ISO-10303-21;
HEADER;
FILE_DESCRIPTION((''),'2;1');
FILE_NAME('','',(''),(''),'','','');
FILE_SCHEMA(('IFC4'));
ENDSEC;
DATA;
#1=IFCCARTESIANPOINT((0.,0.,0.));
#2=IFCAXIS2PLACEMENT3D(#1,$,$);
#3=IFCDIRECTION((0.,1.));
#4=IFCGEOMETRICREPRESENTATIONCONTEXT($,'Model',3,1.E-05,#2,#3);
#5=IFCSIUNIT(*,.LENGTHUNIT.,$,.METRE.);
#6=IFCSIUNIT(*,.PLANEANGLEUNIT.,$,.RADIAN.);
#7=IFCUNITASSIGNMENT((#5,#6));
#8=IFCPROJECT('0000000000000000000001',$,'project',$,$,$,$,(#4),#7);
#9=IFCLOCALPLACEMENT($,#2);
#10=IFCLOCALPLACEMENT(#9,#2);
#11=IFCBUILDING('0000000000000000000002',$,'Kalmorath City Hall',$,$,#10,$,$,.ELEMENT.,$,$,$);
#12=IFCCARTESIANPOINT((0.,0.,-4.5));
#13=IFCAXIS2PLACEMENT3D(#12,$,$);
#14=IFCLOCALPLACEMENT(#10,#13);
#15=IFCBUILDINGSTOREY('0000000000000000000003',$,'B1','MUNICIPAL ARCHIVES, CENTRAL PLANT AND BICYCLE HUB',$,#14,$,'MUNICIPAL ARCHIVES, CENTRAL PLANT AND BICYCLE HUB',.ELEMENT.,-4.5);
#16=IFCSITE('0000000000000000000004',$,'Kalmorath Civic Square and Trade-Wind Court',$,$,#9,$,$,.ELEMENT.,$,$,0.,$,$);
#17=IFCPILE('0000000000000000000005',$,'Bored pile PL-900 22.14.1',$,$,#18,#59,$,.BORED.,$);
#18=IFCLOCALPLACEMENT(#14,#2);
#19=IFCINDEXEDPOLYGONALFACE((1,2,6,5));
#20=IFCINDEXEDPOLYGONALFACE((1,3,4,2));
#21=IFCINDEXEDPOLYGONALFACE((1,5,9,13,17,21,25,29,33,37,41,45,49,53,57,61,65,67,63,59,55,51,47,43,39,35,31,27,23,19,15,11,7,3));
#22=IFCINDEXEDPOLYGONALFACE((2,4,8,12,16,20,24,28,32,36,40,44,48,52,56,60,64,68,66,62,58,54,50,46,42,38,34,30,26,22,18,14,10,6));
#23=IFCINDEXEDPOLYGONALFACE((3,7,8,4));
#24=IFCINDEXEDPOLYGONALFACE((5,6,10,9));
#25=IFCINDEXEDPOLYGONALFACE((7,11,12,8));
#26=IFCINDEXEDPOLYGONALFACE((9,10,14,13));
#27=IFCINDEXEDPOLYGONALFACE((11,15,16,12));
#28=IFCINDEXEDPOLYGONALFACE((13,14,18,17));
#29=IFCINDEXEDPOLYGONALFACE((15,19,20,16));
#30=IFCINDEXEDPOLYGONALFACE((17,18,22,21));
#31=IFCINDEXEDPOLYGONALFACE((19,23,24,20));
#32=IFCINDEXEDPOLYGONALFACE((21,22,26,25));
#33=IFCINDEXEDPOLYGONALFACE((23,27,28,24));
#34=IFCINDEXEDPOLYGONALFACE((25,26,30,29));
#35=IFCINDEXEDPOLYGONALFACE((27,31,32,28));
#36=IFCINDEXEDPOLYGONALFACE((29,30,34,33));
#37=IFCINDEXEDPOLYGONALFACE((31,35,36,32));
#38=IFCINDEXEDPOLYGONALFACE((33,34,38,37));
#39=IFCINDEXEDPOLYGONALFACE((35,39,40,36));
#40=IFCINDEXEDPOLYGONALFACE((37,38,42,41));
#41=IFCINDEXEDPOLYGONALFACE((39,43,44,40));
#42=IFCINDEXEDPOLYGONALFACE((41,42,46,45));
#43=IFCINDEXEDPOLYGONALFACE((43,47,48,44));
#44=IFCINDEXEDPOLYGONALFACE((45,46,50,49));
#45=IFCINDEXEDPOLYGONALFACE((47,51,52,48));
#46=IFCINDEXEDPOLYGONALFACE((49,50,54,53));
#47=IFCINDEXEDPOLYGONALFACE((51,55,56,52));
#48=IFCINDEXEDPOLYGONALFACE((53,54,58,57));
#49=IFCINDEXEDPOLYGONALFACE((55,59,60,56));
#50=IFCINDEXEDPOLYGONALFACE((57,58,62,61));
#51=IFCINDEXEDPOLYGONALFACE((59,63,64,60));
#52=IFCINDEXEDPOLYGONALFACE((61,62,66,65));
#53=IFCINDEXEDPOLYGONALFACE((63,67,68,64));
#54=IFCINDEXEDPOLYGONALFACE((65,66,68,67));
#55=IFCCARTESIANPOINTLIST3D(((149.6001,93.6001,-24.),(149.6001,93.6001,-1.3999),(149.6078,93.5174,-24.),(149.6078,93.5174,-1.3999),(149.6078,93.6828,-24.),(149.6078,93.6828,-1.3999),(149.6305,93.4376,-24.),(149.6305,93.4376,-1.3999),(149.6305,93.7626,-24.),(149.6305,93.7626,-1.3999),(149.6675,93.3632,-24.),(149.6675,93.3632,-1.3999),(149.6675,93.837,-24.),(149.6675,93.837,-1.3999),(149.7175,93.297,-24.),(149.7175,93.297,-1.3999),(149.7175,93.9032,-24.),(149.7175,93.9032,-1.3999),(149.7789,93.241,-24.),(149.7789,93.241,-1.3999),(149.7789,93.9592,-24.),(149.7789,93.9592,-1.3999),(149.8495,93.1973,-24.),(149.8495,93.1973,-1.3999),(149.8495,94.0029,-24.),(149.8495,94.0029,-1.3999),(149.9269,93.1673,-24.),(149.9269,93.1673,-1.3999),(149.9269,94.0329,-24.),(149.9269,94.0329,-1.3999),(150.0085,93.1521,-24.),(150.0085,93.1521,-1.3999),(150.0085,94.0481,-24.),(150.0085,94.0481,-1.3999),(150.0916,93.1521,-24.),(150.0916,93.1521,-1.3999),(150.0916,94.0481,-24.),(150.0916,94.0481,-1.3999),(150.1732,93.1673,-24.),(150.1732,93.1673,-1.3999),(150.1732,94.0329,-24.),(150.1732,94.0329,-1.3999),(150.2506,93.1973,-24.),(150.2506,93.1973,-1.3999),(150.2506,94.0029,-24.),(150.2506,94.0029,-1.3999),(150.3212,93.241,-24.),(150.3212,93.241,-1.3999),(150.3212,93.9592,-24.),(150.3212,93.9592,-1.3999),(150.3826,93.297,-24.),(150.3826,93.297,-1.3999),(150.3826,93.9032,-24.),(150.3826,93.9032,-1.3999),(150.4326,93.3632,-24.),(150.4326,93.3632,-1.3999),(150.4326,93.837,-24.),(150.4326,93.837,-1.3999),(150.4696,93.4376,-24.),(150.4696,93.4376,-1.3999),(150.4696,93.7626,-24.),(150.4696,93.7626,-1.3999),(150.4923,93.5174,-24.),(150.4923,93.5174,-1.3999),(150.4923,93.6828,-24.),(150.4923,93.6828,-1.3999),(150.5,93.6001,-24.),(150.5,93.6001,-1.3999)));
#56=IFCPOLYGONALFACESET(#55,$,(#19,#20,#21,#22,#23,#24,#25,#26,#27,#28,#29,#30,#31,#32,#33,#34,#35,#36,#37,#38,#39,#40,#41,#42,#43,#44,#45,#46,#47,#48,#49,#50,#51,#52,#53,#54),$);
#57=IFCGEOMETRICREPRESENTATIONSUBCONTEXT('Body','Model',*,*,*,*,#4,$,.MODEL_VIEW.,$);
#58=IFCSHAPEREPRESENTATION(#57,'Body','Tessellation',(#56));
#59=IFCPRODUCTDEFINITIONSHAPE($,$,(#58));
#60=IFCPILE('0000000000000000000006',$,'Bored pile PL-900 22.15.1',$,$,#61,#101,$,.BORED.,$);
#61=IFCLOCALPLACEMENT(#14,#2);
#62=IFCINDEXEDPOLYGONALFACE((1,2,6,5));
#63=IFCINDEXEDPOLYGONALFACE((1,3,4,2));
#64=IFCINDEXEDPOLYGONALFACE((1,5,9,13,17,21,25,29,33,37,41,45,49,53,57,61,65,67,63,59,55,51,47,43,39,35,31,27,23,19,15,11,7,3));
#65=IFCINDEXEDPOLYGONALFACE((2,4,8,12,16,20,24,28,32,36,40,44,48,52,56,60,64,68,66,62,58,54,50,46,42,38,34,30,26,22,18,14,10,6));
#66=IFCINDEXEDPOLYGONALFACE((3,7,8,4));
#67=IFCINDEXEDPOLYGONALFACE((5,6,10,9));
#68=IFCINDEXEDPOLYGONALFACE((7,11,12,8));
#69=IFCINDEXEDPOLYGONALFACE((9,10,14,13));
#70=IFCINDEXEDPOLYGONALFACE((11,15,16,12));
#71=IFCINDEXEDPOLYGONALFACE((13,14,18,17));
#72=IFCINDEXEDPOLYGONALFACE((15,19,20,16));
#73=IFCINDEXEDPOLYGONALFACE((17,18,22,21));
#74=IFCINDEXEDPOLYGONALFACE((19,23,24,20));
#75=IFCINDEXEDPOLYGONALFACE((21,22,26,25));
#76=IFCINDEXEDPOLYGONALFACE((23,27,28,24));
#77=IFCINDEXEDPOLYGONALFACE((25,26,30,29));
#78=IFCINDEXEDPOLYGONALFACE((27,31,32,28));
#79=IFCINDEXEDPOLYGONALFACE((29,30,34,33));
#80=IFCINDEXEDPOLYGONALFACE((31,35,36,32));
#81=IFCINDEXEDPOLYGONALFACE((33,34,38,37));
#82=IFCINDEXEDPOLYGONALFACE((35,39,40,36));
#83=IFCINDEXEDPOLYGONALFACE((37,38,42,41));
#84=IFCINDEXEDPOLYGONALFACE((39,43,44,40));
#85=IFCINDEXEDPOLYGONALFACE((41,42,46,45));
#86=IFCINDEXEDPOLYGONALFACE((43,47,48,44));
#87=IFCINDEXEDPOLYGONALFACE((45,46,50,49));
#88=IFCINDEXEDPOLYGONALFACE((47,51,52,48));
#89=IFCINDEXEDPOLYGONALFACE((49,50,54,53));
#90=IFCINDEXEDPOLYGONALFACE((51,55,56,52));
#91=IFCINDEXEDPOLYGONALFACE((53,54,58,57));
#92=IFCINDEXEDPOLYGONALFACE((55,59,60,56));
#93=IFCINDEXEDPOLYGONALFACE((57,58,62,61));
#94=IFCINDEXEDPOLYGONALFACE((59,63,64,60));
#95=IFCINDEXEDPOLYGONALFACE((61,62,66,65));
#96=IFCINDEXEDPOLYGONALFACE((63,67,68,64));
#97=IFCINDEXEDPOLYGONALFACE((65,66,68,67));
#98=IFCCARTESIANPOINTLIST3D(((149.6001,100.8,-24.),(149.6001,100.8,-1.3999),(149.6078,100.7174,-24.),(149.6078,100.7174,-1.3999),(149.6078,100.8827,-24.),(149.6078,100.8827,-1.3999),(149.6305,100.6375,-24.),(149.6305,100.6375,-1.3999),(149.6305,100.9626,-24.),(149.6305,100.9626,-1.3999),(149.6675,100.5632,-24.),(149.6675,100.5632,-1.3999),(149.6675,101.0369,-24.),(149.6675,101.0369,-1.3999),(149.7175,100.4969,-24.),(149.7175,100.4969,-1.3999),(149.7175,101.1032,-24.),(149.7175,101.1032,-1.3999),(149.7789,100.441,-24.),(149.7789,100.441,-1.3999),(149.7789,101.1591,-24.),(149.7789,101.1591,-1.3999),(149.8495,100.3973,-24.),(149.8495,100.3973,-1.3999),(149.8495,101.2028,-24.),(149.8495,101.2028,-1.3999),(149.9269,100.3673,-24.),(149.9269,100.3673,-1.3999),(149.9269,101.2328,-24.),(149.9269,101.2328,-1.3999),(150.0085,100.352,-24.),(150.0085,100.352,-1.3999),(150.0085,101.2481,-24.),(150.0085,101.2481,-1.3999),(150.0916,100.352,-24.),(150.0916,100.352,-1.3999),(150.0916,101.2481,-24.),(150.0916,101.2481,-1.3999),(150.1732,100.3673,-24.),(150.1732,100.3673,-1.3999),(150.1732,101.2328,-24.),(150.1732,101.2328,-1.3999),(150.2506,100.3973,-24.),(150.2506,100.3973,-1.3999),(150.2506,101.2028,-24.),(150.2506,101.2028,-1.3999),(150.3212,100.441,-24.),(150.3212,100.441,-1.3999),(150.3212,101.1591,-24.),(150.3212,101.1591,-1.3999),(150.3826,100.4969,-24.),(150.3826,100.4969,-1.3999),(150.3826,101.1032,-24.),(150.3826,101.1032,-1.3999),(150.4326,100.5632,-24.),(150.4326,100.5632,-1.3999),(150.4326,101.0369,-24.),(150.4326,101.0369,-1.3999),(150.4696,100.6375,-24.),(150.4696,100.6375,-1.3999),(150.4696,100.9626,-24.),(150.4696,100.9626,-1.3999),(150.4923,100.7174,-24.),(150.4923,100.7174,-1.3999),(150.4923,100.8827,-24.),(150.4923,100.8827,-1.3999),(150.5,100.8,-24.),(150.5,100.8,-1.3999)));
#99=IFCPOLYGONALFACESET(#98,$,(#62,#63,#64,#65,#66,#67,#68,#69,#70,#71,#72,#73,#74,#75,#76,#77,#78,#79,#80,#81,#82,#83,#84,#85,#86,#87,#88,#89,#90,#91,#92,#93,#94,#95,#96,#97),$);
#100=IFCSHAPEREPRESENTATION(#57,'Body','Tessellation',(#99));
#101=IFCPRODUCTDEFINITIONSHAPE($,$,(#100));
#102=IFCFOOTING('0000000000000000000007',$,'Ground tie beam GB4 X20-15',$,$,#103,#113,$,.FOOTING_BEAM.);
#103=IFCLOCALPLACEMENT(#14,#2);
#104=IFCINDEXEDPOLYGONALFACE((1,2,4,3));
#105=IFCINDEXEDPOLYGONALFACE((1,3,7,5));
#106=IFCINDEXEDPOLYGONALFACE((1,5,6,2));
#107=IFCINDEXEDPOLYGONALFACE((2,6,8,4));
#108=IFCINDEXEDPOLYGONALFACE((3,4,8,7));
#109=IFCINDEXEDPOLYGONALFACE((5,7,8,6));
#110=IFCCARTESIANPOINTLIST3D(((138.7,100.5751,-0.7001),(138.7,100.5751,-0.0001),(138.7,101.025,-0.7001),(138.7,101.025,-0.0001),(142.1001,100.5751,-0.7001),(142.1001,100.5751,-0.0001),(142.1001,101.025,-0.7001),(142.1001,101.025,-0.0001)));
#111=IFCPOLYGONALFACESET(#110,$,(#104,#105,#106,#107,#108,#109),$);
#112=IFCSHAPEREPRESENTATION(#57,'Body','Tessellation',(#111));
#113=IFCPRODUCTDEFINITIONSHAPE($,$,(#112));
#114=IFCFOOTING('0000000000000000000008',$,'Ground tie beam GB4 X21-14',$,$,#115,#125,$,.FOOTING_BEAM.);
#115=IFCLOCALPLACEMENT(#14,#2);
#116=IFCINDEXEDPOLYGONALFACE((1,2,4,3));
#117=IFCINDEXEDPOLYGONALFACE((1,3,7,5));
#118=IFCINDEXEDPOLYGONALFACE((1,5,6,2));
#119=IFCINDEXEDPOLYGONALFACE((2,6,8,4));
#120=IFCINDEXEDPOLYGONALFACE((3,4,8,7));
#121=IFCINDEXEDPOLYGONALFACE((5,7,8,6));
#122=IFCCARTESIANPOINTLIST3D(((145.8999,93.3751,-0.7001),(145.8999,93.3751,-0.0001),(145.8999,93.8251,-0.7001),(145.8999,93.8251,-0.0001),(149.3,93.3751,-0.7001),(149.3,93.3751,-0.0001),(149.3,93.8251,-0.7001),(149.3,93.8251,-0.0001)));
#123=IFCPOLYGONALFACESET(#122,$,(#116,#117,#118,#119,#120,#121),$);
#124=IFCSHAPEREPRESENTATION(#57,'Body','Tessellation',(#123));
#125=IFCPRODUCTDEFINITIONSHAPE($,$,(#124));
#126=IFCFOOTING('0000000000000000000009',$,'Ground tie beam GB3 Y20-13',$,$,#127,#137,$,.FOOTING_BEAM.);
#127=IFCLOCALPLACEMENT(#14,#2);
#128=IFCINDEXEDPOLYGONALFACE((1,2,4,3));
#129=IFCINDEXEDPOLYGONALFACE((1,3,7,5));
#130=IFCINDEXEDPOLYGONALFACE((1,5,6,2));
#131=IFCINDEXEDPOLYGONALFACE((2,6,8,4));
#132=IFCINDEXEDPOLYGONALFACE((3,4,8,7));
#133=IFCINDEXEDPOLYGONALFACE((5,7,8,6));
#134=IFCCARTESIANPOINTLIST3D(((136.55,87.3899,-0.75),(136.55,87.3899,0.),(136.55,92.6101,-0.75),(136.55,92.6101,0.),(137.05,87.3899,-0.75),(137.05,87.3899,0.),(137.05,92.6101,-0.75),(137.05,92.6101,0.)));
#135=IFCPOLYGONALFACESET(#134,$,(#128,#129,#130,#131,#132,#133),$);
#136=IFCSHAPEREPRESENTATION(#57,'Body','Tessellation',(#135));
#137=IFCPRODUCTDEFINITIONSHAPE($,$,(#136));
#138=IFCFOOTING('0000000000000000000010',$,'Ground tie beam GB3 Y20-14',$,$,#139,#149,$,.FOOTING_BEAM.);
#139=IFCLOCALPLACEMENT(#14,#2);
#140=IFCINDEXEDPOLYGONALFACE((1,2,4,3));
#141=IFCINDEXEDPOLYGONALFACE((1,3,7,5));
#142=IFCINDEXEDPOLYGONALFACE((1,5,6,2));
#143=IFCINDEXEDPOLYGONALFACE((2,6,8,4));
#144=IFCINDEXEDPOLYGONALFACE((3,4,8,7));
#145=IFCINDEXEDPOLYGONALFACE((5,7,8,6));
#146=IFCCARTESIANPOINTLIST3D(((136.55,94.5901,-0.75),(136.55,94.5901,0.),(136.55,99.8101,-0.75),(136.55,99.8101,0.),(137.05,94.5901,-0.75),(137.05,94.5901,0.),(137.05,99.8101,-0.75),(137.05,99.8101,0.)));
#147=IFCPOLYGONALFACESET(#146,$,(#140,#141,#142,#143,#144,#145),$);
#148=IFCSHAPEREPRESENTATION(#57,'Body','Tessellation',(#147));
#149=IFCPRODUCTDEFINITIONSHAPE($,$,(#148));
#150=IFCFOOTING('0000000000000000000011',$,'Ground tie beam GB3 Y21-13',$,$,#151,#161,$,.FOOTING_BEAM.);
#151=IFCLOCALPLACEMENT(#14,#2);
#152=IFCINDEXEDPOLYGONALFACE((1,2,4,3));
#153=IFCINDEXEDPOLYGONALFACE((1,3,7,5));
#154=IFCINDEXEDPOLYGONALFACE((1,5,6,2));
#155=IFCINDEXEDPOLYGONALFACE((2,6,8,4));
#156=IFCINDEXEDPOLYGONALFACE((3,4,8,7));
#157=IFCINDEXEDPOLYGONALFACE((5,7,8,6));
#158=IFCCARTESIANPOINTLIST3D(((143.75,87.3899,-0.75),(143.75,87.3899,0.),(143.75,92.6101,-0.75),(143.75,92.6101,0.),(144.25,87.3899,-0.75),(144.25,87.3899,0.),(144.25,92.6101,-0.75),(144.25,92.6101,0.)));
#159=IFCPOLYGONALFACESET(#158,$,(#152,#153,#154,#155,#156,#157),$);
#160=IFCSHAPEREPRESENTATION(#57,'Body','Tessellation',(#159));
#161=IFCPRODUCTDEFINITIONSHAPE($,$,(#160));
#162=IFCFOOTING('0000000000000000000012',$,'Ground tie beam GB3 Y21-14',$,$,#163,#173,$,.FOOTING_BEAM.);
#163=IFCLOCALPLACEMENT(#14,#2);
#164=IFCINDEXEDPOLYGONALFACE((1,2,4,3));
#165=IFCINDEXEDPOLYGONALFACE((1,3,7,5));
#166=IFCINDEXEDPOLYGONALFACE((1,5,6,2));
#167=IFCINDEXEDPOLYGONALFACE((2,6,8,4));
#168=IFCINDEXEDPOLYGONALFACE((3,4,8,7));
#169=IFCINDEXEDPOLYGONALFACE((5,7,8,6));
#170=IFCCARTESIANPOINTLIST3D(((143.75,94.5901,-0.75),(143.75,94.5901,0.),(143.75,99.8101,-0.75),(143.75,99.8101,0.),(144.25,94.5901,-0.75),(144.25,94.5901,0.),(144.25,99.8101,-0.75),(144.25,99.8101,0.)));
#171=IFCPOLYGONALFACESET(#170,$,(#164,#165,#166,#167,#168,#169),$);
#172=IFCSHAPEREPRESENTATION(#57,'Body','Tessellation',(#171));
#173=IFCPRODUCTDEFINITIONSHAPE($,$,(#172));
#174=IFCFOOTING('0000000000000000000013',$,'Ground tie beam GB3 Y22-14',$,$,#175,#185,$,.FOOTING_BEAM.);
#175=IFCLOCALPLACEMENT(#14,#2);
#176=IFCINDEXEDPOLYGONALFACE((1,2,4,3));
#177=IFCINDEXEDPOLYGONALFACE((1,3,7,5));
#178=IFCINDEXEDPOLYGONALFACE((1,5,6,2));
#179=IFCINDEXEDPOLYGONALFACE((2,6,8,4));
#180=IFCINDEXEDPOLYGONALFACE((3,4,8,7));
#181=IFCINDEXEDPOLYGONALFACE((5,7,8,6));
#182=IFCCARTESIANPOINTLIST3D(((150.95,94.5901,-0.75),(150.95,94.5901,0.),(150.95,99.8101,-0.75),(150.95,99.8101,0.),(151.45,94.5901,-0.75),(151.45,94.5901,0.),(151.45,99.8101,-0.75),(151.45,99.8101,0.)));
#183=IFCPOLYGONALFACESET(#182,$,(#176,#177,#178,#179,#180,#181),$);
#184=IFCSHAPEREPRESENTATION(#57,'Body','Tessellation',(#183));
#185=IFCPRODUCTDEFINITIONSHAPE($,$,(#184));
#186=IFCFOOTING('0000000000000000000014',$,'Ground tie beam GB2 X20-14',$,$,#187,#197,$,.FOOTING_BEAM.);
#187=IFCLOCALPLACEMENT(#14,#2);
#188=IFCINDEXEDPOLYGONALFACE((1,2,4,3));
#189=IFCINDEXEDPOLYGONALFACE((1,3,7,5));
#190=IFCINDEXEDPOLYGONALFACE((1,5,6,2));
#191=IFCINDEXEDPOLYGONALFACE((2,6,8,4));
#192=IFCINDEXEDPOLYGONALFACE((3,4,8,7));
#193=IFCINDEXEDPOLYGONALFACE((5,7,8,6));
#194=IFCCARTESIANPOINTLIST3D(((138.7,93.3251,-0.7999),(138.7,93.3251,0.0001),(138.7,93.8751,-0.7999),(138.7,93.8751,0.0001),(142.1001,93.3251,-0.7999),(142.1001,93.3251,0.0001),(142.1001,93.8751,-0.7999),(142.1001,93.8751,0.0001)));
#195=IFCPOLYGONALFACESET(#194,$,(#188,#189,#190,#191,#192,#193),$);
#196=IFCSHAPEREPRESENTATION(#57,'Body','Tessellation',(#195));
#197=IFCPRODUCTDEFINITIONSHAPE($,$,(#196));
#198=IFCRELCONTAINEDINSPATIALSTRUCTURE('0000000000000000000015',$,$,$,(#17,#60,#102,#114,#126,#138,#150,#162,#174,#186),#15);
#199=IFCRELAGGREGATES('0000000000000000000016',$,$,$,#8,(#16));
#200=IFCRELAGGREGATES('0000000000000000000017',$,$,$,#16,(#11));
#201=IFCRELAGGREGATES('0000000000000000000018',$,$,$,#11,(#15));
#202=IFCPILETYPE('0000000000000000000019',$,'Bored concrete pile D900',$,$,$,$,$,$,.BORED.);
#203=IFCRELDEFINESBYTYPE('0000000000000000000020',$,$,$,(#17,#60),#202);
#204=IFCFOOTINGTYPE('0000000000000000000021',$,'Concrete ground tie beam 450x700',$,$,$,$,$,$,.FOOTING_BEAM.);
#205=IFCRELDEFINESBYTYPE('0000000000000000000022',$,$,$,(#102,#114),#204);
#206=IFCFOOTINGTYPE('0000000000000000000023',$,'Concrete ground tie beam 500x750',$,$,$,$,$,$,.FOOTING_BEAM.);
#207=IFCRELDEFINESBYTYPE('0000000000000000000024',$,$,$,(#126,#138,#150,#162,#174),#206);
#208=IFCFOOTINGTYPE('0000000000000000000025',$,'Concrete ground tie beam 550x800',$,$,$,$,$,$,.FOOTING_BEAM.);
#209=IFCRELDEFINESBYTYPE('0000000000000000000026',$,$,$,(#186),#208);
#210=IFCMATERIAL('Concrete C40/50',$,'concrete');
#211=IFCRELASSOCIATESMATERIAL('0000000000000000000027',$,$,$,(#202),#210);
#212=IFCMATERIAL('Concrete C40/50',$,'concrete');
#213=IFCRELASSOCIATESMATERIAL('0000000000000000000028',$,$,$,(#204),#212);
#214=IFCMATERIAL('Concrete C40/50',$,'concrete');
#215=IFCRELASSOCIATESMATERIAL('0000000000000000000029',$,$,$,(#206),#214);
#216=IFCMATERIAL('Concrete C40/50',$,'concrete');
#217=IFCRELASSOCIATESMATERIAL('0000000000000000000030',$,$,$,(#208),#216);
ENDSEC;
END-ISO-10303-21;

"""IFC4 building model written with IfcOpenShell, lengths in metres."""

from ifc_helpers import new_model, si_unit, direction, frame, origin, origin_2d, place, context, subcontext, project, spatial, rectangle, circle, extrude, material, material_profile, profile_set, type_object, element, save


model = new_model("IFC4")

# Units and contexts
model_context = context("Model", 3, precision=1e-05, world=origin(), true_north=direction((0.0, 1.0)))
body_context = subcontext(model_context, "Body", "Model", "MODEL_VIEW")
ifc_project = project(units=[si_unit("LENGTHUNIT", "METRE"), si_unit("PLANEANGLEUNIT", "RADIAN")], contexts=[model_context])

# Site, building, storey
site_placement = place(None, origin())
site = spatial("IfcSite", under=ifc_project, at=site_placement, Name="Kalmorath Civic Square and Trade-Wind Court", CompositionType="ELEMENT", RefElevation=0.0)
building_placement = place(site_placement, origin())
building = spatial("IfcBuilding", under=site, at=building_placement, Name="Kalmorath City Hall", CompositionType="ELEMENT")
storey_placement = place(building_placement, frame((0.0, 0.0, -4.5)))
storey = spatial("IfcBuildingStorey", under=building, at=storey_placement, Name="B1", Description="MUNICIPAL ARCHIVES, CENTRAL PLANT AND BICYCLE HUB", LongName="MUNICIPAL ARCHIVES, CENTRAL PLANT AND BICYCLE HUB", CompositionType="ELEMENT", Elevation=-4.5)

# Piles
ifc_material_1 = material(Name="Concrete C40/50", Category="concrete")
ifc_material_profile_1 = material_profile(ifc_material_1, circle(Radius=0.45, at=origin_2d()), Name="PILE-D900")
ifc_profile_set_1 = profile_set([ifc_material_profile_1], Name="Concrete C40/50")
pile_type = type_object("IfcPileType", Name="Bored concrete pile D900", PredefinedType="BORED", material=ifc_profile_set_1)
for number, where, z_axis, x_axis, name in (
    (1, (150.05, 93.6001, -1.3999), (0.0, 0.0, -1.0), (1.0, 0.0, 0.0), "Bored pile PL-900 22.14.1"),
    (2, (150.05, 100.8, -1.3999), (0.0, 0.0, -1.0), (1.0, 0.0, 0.0), "Bored pile PL-900 22.15.1"),
):
    element("IfcPile", number, at=place(storey_placement, frame(where, z_axis=z_axis, x_axis=x_axis)), inside=storey, type_object=pile_type, Name=name, PredefinedType="BORED", context=body_context, shape_type="SweptSolid", body=[
        extrude(circle(Radius=0.45, at=origin_2d()), origin(), (0.0, 0.0, 1.0), 22.6001),
    ])

# Footings
ifc_material_2 = material(Name="Concrete C40/50", Category="concrete")
ifc_material_profile_2 = material_profile(ifc_material_2, rectangle(XDim=0.45, YDim=0.7, at=origin_2d()), Name="RC-BM-450X700")
ifc_profile_set_2 = profile_set([ifc_material_profile_2], Name="Concrete C40/50")
footing_type_1 = type_object("IfcFootingType", Name="Concrete ground tie beam 450x700", PredefinedType="FOOTING_BEAM", material=ifc_profile_set_2)
for number, where, z_axis, x_axis, name in (
    (3, (138.7, 100.8, -0.3501), (1.0, 0.0, 0.0), (0.0, 1.0, 0.0), "Ground tie beam GB4 X20-15"),
    (4, (145.8999, 93.6001, -0.3501), (1.0, 0.0, 0.0), (0.0, 1.0, 0.0), "Ground tie beam GB4 X21-14"),
):
    element("IfcFooting", number, at=place(storey_placement, frame(where, z_axis=z_axis, x_axis=x_axis)), inside=storey, type_object=footing_type_1, Name=name, PredefinedType="FOOTING_BEAM", context=body_context, shape_type="SweptSolid", body=[
        extrude(rectangle(XDim=0.45, YDim=0.7, at=origin_2d()), origin(), (0.0, 0.0, 1.0), 3.4001),
    ])
ifc_material_3 = material(Name="Concrete C40/50", Category="concrete")
ifc_material_profile_3 = material_profile(ifc_material_3, rectangle(XDim=0.5, YDim=0.75, at=origin_2d()), Name="RC-BM-500X750")
ifc_profile_set_3 = profile_set([ifc_material_profile_3], Name="Concrete C40/50")
footing_type_2 = type_object("IfcFootingType", Name="Concrete ground tie beam 500x750", PredefinedType="FOOTING_BEAM", material=ifc_profile_set_3)
footing_1_placement = place(storey_placement, frame((136.8, 87.3899, -0.375), z_axis=(0.0, 1.0, 0.0), x_axis=(-1.0, 0.0, 0.0)))
element("IfcFooting", 5, at=footing_1_placement, inside=storey, type_object=footing_type_2, Name="Ground tie beam GB3 Y20-13", PredefinedType="FOOTING_BEAM", context=body_context, shape_type="SweptSolid", body=[
    extrude(rectangle(XDim=0.5, YDim=0.75, at=origin_2d()), origin(), (0.0, 0.0, 1.0), 5.2202),
])
footing_2_placement = place(storey_placement, frame((136.8, 94.5901, -0.375), z_axis=(0.0, 1.0, 0.0), x_axis=(-1.0, 0.0, 0.0)))
element("IfcFooting", 6, at=footing_2_placement, inside=storey, type_object=footing_type_2, Name="Ground tie beam GB3 Y20-14", PredefinedType="FOOTING_BEAM", context=body_context, shape_type="SweptSolid", body=[
    extrude(rectangle(XDim=0.5, YDim=0.75, at=origin_2d()), origin(), (0.0, 0.0, 1.0), 5.22),
])
footing_3_placement = place(storey_placement, frame((144.0, 87.3899, -0.375), z_axis=(0.0, 1.0, 0.0), x_axis=(-1.0, 0.0, 0.0)))
element("IfcFooting", 7, at=footing_3_placement, inside=storey, type_object=footing_type_2, Name="Ground tie beam GB3 Y21-13", PredefinedType="FOOTING_BEAM", context=body_context, shape_type="SweptSolid", body=[
    extrude(rectangle(XDim=0.5, YDim=0.75, at=origin_2d()), origin(), (0.0, 0.0, 1.0), 5.2202),
])
for number, where, z_axis, x_axis, name in (
    (8, (144.0, 94.5901, -0.375), (0.0, 1.0, 0.0), (-1.0, 0.0, 0.0), "Ground tie beam GB3 Y21-14"),
    (9, (151.2, 94.5901, -0.375), (0.0, 1.0, 0.0), (-1.0, 0.0, 0.0), "Ground tie beam GB3 Y22-14"),
):
    element("IfcFooting", number, at=place(storey_placement, frame(where, z_axis=z_axis, x_axis=x_axis)), inside=storey, type_object=footing_type_2, Name=name, PredefinedType="FOOTING_BEAM", context=body_context, shape_type="SweptSolid", body=[
        extrude(rectangle(XDim=0.5, YDim=0.75, at=origin_2d()), origin(), (0.0, 0.0, 1.0), 5.22),
    ])
ifc_material_4 = material(Name="Concrete C40/50", Category="concrete")
ifc_material_profile_4 = material_profile(ifc_material_4, rectangle(XDim=0.55, YDim=0.8, at=origin_2d()), Name="RC-BM-550X800")
ifc_profile_set_4 = profile_set([ifc_material_profile_4], Name="Concrete C40/50")
footing_type_3 = type_object("IfcFootingType", Name="Concrete ground tie beam 550x800", PredefinedType="FOOTING_BEAM", material=ifc_profile_set_4)
for number, where, z_axis, x_axis, name in (
    (10, (138.7, 93.6001, -0.3999), (1.0, 0.0, 0.0), (0.0, 1.0, 0.0), "Ground tie beam GB2 X20-14"),
):
    element("IfcFooting", number, at=place(storey_placement, frame(where, z_axis=z_axis, x_axis=x_axis)), inside=storey, type_object=footing_type_3, Name=name, PredefinedType="FOOTING_BEAM", context=body_context, shape_type="SweptSolid", body=[
        extrude(rectangle(XDim=0.55, YDim=0.8, at=origin_2d()), origin(), (0.0, 0.0, 1.0), 3.4001),
    ])

save(model, "model.ifc")
